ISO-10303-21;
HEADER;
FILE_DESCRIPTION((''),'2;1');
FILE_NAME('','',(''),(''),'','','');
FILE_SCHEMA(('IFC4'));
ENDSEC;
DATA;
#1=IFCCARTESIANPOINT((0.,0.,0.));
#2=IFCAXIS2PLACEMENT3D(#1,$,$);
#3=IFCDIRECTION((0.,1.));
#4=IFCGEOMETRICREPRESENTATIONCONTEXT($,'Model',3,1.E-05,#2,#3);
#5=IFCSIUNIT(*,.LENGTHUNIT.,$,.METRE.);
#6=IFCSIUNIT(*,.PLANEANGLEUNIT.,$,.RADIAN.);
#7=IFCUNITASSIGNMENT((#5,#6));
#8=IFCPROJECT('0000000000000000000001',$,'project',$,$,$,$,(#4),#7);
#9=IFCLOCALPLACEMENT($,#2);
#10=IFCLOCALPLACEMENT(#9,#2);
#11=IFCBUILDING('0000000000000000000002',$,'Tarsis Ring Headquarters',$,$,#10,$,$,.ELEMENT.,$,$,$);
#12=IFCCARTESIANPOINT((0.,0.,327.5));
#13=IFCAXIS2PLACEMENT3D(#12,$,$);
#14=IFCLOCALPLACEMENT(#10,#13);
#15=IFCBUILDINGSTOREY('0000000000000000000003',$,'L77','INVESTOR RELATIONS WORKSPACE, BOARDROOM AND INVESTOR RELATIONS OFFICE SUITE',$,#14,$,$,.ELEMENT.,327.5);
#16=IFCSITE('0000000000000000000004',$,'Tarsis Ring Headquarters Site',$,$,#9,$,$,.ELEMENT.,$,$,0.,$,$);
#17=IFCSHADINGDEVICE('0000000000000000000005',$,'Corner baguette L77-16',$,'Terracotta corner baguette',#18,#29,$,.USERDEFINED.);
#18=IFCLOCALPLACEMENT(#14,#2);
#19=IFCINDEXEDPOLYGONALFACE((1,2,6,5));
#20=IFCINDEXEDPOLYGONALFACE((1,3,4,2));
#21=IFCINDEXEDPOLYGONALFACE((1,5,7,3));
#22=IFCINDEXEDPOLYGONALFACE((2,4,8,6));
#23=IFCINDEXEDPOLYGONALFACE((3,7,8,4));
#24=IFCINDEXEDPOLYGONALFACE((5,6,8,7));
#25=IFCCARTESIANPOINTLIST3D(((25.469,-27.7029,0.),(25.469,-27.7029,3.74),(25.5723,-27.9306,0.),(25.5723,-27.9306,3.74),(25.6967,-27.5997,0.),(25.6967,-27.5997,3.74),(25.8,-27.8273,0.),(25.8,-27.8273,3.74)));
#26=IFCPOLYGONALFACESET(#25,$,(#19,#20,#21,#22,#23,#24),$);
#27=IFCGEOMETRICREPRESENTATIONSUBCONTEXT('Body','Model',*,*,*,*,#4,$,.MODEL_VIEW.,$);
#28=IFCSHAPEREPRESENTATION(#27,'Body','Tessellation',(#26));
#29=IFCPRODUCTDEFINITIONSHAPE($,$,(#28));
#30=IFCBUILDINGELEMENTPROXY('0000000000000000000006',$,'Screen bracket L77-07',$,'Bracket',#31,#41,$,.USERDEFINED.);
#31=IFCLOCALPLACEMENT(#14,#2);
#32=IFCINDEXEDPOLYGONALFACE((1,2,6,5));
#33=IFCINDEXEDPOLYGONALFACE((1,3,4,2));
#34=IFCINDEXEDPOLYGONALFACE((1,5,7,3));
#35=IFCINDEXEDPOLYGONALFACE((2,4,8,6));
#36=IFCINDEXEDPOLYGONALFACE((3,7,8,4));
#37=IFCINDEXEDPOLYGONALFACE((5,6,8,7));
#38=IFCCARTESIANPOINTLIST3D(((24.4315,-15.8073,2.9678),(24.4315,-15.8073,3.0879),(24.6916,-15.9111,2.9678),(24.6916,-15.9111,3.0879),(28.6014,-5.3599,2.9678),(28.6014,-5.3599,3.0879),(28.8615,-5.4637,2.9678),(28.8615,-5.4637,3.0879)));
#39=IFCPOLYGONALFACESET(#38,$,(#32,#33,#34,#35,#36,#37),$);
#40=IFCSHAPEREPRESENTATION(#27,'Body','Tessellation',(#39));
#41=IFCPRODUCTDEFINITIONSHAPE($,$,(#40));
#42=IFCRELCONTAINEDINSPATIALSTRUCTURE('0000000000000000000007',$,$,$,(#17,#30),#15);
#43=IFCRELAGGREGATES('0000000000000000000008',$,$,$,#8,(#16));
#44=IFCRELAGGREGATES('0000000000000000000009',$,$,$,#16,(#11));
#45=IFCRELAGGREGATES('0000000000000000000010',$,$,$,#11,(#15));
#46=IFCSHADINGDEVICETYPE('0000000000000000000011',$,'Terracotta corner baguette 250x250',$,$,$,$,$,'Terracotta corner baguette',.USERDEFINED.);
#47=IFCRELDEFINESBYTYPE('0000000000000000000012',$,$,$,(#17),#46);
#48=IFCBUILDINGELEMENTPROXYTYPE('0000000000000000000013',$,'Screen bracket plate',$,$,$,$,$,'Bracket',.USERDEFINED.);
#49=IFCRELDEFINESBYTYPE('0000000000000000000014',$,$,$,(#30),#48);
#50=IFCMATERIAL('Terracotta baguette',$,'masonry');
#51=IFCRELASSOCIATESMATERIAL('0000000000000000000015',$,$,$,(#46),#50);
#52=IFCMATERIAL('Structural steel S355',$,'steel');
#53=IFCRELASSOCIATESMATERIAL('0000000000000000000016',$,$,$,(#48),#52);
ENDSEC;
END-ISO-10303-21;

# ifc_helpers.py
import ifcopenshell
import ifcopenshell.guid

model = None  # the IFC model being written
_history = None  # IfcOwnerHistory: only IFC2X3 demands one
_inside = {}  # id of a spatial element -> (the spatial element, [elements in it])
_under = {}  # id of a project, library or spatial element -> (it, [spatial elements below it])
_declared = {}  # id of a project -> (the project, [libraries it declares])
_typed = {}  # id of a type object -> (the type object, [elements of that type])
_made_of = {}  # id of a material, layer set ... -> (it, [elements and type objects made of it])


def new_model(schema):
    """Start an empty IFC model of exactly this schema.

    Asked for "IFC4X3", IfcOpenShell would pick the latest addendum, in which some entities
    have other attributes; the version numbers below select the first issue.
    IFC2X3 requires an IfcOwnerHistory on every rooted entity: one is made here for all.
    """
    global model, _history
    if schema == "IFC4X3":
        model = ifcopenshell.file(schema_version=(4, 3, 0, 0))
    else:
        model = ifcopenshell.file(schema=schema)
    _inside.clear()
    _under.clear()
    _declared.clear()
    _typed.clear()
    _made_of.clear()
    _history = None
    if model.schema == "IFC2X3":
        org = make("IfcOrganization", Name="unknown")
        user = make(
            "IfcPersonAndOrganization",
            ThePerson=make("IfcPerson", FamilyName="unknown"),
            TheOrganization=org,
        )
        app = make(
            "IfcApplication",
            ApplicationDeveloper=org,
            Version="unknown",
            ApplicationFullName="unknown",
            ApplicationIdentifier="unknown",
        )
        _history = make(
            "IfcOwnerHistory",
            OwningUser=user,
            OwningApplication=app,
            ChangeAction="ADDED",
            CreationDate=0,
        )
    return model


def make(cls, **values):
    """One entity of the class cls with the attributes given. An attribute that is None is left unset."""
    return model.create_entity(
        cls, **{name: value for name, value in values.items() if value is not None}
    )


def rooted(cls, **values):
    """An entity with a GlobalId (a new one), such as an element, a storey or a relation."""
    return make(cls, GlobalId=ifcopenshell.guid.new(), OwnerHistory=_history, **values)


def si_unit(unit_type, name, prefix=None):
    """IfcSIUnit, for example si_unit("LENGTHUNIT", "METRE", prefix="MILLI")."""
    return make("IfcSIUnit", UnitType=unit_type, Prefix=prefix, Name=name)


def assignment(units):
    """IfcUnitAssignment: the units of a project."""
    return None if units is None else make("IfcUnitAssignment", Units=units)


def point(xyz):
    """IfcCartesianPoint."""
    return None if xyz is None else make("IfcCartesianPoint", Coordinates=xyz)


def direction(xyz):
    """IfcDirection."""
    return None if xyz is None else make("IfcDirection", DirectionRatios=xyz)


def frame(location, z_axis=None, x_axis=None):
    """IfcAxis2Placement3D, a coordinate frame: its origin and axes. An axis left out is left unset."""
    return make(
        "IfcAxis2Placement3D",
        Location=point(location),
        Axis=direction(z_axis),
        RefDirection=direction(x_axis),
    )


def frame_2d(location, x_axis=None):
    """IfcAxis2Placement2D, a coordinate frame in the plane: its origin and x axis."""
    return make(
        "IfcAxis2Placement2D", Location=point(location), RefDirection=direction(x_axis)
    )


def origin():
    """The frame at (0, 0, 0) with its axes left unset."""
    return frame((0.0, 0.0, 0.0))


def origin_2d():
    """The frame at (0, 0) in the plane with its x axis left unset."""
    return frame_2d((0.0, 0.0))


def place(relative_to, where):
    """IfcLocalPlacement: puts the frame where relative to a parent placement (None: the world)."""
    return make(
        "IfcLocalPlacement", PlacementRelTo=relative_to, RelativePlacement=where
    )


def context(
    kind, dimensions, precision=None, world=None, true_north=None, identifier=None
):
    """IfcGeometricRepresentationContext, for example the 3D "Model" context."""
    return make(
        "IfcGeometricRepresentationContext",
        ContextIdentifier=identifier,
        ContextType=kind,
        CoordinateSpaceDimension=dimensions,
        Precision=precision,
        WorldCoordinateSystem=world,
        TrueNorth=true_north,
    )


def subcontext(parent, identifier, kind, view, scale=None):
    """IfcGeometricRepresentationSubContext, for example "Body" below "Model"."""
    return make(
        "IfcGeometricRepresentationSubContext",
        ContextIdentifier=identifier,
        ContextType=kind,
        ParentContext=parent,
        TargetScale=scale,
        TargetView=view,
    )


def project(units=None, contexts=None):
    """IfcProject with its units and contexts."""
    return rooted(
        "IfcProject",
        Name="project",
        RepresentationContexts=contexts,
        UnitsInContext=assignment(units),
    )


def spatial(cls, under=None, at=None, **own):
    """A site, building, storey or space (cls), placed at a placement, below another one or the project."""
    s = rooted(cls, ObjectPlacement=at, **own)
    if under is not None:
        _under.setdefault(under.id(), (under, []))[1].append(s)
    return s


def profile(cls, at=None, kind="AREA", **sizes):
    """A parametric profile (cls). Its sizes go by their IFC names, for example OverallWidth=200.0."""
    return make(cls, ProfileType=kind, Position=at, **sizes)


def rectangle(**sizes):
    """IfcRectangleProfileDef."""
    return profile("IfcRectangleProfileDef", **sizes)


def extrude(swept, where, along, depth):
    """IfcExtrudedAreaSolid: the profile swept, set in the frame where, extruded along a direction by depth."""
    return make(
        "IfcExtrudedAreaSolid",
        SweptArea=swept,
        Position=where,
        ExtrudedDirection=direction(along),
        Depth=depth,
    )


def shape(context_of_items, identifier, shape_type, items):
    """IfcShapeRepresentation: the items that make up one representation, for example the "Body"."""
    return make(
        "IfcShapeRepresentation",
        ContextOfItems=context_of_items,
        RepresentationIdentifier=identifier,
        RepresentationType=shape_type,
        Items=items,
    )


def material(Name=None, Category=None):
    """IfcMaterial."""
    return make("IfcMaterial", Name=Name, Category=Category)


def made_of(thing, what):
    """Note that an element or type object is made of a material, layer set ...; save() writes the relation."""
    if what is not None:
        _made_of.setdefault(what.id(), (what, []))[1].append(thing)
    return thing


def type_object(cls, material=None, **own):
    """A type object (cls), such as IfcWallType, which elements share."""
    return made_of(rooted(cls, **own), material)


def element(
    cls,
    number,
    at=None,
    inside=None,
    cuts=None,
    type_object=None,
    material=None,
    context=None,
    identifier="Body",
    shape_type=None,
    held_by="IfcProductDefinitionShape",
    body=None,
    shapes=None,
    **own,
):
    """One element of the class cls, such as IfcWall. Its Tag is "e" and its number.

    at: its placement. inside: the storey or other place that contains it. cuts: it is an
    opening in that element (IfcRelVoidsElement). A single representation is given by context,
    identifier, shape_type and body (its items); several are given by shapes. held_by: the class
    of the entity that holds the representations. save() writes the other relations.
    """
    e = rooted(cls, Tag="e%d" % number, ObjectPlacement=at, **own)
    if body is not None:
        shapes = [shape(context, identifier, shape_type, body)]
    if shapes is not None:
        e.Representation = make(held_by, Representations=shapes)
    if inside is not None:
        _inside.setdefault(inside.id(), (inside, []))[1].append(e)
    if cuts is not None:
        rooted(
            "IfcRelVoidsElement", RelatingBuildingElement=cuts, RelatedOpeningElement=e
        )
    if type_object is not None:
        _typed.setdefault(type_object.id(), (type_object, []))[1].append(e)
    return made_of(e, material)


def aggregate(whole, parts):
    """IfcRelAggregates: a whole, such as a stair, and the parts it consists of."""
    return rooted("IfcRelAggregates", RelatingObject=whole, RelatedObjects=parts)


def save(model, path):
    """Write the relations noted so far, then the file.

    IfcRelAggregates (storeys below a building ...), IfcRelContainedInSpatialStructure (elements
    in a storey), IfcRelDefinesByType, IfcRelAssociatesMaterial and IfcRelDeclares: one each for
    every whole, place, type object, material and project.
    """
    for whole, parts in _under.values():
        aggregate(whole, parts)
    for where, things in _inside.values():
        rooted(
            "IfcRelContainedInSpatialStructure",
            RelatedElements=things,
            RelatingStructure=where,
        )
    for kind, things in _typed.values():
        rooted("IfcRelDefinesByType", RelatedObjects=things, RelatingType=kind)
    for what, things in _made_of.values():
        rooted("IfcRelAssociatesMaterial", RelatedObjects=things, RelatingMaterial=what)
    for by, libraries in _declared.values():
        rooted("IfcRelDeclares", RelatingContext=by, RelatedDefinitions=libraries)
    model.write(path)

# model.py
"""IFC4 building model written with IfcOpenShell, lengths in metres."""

from ifc_helpers import new_model, si_unit, direction, frame, origin, origin_2d, place, context, subcontext, project, spatial, rectangle, extrude, material, type_object, element, save


model = new_model("IFC4")

# Units and contexts
model_context = context("Model", 3, precision=1e-05, world=origin(), true_north=direction((0.0, 1.0)))
body_context = subcontext(model_context, "Body", "Model", "MODEL_VIEW")
ifc_project = project(units=[si_unit("LENGTHUNIT", "METRE"), si_unit("PLANEANGLEUNIT", "RADIAN")], contexts=[model_context])

# Site, building, storey
site_placement = place(None, origin())
site = spatial("IfcSite", under=ifc_project, at=site_placement, Name="Tarsis Ring Headquarters Site", CompositionType="ELEMENT", RefElevation=0.0)
building_placement = place(site_placement, origin())
building = spatial("IfcBuilding", under=site, at=building_placement, Name="Tarsis Ring Headquarters", CompositionType="ELEMENT")
storey_placement = place(building_placement, frame((0.0, 0.0, 327.5)))
storey = spatial("IfcBuildingStorey", under=building, at=storey_placement, Name="L77", Description="INVESTOR RELATIONS WORKSPACE, BOARDROOM AND INVESTOR RELATIONS OFFICE SUITE", CompositionType="ELEMENT", Elevation=327.5)

# Shared definitions
ifc_material_1 = material(Name="Structural steel S355", Category="steel")

# Shading device
ifc_material_2 = material(Name="Terracotta baguette", Category="masonry")
shading_device_type_1 = type_object("IfcShadingDeviceType", Name="Terracotta corner baguette 250x250", ElementType="Terracotta corner baguette", PredefinedType="USERDEFINED", material=ifc_material_2)
for number, where, z_axis, x_axis, name in (
    (1, (25.6345, -27.7651, 0.0), (0.0, 0.0, 1.0), (0.910684, 0.413104, 0.0), "Corner baguette L77-16"),
):
    element("IfcShadingDevice", number, at=place(storey_placement, frame(where, z_axis=z_axis, x_axis=x_axis)), inside=storey, type_object=shading_device_type_1, Name=name, ObjectType="Terracotta corner baguette", PredefinedType="USERDEFINED", context=body_context, shape_type="SweptSolid", body=[
        extrude(rectangle(XDim=0.25, YDim=0.25, at=origin_2d()), origin(), (0.0, 0.0, 1.0), 3.74),
    ])

# Building element proxy
building_element_proxy_type = type_object("IfcBuildingElementProxyType", Name="Screen bracket plate", ElementType="Bracket", PredefinedType="USERDEFINED", material=ifc_material_1)
proxy_placement = place(storey_placement, frame((26.6465, -10.6355, 2.9678), z_axis=(0.0, 0.0, 1.0), x_axis=(0.370699, 0.928753, 0.0)))
element("IfcBuildingElementProxy", 2, at=proxy_placement, inside=storey, type_object=building_element_proxy_type, Name="Screen bracket L77-07", ObjectType="Bracket", PredefinedType="USERDEFINED", context=body_context, shape_type="SweptSolid", body=[
    extrude(rectangle(XDim=11.2488, YDim=0.28, at=origin_2d()), origin(), (0.0, 0.0, 1.0), 0.1201),
])

save(model, "model.ifc")
